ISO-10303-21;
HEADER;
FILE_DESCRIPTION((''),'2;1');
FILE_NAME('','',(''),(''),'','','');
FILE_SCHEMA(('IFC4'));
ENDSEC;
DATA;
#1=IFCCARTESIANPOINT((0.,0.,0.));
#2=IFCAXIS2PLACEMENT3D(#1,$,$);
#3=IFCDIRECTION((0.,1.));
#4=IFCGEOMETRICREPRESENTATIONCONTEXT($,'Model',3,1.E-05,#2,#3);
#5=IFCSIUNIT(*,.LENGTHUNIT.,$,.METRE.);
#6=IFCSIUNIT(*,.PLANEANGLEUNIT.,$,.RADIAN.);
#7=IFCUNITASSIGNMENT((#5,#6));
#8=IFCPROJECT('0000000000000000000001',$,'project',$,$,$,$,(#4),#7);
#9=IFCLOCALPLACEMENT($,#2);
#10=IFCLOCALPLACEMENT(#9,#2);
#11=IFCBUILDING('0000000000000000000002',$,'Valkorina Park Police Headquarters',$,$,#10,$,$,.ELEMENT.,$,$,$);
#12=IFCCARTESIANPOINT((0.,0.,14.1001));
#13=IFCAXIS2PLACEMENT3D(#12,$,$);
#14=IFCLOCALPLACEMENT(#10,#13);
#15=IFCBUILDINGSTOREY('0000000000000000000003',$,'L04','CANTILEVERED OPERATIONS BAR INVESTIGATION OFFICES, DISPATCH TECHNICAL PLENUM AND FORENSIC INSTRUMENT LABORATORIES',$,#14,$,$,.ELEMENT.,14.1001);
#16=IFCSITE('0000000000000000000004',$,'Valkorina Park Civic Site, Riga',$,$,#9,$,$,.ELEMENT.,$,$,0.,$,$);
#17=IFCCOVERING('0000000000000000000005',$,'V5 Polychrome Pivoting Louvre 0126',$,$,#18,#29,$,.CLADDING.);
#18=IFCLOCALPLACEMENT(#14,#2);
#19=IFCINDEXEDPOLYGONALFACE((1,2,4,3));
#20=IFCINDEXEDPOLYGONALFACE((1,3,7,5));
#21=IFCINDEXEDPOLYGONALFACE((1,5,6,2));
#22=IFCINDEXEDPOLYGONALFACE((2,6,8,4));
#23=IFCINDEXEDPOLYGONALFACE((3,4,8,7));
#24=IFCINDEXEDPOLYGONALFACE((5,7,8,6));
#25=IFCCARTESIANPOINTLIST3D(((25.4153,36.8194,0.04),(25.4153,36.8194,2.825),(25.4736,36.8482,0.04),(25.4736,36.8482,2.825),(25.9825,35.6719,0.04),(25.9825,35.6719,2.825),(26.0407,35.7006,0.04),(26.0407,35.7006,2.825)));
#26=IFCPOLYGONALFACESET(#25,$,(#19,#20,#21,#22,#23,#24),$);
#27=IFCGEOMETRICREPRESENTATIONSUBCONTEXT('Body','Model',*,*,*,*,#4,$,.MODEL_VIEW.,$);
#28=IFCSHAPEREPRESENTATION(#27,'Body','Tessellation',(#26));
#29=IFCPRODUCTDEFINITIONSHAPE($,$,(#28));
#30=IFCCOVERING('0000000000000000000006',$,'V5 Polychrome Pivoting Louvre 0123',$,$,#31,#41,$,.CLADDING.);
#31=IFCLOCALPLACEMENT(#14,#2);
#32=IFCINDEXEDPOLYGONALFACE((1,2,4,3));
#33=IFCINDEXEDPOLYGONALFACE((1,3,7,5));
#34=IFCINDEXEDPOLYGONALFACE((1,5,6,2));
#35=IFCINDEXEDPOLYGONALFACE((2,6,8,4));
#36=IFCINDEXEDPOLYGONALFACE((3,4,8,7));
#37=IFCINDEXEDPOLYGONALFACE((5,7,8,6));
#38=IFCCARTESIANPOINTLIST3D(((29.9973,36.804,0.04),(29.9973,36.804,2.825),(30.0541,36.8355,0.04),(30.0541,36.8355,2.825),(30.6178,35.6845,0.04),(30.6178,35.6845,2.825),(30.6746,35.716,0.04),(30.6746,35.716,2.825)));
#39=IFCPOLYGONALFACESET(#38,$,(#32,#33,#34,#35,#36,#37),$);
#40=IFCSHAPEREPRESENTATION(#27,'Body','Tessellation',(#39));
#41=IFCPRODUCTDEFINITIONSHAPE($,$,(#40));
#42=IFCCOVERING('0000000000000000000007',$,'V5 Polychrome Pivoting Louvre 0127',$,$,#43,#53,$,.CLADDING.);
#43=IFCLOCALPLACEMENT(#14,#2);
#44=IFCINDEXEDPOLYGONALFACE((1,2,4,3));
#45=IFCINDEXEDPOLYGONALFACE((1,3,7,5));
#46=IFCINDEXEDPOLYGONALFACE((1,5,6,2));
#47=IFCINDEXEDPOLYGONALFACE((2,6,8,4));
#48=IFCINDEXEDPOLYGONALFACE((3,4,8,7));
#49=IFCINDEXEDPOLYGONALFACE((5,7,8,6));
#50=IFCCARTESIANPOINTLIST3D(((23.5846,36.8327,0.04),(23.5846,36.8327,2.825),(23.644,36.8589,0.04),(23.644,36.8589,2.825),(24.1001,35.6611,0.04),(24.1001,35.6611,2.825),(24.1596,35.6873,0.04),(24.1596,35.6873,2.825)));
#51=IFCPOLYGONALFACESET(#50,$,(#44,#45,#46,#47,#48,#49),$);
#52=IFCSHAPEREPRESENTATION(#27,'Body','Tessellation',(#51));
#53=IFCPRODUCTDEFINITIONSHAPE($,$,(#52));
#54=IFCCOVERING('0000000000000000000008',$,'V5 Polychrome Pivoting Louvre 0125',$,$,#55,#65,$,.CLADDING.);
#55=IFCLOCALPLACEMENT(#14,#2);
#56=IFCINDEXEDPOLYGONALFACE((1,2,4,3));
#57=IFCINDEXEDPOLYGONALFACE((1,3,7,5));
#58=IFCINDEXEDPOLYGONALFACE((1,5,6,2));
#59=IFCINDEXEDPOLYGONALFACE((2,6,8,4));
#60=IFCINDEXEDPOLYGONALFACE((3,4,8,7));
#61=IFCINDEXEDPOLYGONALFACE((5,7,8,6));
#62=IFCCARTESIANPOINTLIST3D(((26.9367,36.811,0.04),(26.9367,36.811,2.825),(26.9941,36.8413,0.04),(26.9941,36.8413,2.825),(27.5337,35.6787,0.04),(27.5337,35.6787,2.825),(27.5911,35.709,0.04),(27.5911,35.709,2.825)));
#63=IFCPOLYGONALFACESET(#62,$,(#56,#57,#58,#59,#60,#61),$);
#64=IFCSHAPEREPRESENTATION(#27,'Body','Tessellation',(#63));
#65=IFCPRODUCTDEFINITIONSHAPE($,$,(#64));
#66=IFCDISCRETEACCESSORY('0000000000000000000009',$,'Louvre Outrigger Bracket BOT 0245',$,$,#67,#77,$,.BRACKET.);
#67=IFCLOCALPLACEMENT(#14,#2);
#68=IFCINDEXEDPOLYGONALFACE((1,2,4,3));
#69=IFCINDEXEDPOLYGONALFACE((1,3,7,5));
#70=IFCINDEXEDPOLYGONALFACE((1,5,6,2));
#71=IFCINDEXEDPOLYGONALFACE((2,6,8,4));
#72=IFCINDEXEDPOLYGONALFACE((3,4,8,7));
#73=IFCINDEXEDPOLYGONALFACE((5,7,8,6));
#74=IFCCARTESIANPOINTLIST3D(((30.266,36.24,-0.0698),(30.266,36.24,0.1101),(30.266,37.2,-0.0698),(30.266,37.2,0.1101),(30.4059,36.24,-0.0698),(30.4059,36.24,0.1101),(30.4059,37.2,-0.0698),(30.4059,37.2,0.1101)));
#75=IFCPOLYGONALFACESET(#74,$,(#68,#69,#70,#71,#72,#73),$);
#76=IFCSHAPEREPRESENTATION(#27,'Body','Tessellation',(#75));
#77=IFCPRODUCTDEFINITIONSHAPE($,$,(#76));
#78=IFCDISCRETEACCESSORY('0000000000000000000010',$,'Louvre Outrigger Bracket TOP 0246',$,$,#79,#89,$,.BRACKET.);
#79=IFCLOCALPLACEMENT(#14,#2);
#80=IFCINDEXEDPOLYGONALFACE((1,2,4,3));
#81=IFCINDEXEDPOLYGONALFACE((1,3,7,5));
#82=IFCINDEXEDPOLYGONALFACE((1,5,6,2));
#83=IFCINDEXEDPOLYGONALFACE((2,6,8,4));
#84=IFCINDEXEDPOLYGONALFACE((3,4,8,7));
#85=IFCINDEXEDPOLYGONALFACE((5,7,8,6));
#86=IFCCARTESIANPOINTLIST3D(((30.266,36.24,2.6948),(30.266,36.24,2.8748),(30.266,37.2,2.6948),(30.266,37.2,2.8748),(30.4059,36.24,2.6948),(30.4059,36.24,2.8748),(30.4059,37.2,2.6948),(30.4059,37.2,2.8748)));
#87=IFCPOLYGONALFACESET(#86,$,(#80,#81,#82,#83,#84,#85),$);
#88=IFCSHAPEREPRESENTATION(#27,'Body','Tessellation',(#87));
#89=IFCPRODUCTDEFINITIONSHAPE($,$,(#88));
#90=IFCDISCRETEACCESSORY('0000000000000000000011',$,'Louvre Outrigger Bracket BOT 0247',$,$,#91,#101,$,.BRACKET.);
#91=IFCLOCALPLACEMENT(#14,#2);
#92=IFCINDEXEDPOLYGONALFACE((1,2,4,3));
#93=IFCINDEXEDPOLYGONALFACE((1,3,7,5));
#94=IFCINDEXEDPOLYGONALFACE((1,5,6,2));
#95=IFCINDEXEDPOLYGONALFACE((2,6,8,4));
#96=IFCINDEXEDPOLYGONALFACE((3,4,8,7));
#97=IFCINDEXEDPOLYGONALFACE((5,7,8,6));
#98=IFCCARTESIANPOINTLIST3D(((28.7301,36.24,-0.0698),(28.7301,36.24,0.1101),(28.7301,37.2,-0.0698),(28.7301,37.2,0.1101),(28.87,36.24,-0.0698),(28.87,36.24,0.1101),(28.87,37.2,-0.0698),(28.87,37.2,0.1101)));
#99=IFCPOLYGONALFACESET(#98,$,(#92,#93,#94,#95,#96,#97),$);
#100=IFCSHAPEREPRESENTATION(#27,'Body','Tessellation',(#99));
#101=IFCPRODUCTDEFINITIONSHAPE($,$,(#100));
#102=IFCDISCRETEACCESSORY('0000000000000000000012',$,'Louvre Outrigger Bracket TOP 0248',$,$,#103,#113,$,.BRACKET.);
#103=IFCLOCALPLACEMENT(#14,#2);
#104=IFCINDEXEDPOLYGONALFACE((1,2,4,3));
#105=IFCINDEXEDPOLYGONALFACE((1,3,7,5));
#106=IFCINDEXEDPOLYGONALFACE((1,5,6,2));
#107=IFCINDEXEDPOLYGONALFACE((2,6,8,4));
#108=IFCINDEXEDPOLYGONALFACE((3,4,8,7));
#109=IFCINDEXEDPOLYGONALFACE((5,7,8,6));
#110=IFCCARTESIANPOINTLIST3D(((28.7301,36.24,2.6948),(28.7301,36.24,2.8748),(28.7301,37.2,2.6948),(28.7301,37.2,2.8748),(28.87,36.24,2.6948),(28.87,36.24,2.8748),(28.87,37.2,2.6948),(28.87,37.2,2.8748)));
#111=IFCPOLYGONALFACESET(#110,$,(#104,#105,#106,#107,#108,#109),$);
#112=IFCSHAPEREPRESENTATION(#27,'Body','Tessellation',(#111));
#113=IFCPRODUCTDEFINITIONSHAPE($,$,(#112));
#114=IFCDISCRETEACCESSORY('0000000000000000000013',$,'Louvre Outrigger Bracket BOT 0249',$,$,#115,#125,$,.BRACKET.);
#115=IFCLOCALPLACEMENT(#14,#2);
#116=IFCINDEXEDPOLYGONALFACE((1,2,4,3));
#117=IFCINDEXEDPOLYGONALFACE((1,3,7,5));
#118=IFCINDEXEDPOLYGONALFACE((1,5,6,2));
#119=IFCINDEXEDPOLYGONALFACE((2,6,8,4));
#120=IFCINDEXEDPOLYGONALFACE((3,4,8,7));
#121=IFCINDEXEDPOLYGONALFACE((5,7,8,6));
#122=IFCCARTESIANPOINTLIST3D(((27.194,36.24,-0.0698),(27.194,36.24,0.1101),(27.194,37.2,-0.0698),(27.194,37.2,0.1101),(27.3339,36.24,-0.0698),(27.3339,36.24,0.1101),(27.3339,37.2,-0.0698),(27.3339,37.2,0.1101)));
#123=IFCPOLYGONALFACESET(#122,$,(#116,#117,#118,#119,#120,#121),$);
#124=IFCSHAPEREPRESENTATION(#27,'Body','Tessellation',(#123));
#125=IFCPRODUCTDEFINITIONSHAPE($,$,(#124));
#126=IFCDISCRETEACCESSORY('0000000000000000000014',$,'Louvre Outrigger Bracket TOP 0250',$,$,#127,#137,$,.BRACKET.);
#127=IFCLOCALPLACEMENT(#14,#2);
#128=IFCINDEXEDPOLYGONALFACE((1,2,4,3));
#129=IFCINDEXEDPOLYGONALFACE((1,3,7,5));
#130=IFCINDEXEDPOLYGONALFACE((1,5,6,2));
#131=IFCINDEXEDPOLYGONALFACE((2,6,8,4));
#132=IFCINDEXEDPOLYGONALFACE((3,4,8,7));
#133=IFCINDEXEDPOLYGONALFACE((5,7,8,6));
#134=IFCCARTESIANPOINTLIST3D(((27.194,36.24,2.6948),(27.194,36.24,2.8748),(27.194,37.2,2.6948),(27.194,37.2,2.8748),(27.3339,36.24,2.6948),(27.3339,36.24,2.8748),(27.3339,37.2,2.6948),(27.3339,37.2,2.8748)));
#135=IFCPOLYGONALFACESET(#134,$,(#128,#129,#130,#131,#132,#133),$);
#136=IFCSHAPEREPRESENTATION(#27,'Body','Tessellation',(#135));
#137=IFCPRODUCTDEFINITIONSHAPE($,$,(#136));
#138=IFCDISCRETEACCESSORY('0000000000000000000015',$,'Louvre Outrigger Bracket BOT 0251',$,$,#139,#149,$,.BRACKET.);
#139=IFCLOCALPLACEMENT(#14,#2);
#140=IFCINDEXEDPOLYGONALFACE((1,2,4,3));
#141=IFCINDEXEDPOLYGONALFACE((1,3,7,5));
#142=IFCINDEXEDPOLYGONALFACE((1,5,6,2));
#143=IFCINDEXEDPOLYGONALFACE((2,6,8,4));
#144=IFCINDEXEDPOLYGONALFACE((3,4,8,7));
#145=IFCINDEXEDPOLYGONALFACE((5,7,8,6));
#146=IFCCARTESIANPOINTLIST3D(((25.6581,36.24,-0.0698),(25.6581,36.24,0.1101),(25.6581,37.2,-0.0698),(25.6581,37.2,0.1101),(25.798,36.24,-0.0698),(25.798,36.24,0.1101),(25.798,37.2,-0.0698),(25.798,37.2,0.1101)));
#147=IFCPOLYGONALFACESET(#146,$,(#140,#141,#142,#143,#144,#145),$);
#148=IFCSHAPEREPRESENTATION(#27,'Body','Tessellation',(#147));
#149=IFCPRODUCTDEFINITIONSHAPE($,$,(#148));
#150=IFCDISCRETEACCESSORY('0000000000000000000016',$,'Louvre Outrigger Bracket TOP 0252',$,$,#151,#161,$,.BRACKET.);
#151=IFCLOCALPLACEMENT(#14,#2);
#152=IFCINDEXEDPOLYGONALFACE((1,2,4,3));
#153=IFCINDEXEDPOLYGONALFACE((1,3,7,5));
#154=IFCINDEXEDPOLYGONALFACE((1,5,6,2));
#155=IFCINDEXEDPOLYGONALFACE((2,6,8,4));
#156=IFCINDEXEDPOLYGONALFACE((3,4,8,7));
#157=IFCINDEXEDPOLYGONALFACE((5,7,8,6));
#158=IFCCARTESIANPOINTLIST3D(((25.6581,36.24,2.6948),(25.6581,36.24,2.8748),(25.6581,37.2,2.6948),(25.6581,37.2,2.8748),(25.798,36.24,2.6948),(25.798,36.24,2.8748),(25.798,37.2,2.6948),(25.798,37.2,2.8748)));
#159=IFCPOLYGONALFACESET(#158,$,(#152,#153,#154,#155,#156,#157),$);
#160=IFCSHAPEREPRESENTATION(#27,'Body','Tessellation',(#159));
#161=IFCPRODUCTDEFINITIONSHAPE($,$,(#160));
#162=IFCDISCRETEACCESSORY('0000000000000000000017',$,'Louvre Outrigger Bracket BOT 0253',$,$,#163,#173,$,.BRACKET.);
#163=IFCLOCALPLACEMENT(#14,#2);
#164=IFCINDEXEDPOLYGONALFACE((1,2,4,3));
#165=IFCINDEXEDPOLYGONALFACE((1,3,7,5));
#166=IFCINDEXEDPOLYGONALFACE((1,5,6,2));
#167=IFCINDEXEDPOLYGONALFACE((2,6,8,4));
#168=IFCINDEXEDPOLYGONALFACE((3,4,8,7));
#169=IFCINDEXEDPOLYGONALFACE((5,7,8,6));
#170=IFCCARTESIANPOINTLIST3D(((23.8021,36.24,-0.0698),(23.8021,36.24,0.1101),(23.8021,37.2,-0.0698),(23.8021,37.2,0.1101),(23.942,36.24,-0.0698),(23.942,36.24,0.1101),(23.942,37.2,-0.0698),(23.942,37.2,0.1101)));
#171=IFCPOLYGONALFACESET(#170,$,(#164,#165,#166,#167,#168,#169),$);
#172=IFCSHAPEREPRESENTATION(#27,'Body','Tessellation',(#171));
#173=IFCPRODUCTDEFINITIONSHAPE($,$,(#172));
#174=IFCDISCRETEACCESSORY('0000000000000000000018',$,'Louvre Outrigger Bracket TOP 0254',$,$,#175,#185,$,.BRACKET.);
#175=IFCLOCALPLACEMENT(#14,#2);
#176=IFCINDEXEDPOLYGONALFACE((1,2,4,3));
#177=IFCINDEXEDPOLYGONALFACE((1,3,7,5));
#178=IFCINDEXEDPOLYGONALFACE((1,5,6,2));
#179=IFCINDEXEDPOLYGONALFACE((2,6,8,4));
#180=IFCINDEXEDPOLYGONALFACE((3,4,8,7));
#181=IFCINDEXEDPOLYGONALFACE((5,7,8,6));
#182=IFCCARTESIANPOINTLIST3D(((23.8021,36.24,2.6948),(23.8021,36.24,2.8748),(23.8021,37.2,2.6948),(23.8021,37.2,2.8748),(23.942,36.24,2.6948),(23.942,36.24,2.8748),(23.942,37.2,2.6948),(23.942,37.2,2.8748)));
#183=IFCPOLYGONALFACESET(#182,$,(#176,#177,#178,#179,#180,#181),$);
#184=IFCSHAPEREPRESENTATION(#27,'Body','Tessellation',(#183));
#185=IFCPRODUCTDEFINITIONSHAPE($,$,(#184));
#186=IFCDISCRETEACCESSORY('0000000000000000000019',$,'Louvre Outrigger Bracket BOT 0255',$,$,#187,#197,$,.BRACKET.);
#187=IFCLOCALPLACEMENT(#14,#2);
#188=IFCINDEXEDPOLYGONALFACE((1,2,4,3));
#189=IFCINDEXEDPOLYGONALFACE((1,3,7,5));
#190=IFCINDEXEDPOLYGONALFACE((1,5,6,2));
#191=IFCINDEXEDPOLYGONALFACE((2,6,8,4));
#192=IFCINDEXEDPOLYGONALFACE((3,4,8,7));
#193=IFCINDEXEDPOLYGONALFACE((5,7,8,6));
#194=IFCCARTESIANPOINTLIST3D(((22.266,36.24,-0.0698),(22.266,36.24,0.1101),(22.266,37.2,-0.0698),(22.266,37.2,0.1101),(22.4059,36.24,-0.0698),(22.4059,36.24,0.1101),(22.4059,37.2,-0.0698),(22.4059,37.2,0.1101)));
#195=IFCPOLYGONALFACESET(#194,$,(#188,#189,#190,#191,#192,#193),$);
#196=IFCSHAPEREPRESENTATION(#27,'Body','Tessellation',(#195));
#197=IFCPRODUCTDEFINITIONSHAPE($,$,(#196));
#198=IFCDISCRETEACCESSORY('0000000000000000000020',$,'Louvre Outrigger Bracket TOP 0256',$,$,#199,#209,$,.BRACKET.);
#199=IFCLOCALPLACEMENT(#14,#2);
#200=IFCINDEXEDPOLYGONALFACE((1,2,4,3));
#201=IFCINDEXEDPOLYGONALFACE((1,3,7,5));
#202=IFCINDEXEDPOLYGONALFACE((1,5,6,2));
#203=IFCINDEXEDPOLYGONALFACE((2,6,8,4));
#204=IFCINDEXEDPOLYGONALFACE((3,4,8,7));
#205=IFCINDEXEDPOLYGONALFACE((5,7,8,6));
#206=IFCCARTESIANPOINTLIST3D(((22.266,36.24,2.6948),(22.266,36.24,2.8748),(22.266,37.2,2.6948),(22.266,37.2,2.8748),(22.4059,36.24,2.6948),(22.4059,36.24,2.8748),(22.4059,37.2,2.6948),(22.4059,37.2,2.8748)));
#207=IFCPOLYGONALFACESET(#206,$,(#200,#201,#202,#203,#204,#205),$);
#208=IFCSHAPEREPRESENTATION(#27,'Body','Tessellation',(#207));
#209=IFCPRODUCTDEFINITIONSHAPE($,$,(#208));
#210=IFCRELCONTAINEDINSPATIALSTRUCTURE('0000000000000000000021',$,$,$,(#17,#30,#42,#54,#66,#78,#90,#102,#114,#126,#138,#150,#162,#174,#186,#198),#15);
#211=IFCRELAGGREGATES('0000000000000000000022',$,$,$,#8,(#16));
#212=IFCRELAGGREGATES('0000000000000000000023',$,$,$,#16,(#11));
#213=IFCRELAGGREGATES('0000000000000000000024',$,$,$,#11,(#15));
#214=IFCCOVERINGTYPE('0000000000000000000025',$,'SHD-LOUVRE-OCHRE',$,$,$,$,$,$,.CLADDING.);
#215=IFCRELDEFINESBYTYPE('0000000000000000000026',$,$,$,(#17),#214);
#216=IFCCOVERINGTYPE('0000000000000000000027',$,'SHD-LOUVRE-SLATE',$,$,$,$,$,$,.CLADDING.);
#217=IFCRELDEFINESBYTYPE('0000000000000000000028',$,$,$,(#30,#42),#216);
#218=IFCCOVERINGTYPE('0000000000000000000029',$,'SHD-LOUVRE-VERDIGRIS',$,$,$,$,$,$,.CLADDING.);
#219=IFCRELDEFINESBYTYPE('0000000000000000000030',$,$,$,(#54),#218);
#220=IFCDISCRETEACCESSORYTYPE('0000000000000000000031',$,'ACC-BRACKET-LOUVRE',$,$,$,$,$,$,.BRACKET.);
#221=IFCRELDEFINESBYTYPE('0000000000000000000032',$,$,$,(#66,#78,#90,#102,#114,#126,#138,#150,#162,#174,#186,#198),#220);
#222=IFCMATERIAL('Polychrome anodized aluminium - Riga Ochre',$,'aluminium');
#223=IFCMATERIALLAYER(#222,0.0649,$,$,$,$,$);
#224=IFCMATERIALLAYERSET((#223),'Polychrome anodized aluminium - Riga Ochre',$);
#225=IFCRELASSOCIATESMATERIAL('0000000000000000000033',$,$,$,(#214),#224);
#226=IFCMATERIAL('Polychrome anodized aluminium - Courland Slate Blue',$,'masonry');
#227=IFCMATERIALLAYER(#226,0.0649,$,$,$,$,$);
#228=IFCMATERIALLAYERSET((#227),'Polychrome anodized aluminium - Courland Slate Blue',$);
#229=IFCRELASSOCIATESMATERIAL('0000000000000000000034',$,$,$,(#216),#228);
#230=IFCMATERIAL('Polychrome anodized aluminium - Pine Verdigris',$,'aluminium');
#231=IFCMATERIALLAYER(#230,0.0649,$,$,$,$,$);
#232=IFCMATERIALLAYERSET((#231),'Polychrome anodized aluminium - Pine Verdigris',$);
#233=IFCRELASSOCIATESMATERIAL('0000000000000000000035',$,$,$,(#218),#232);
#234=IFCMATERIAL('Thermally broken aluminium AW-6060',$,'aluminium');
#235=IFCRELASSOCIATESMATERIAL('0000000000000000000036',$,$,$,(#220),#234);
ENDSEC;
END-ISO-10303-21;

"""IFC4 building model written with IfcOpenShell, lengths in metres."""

from ifc_helpers import new_model, si_unit, direction, frame, origin, origin_2d, place, context, subcontext, project, spatial, rectangle, extrude, material, layer, layer_set, type_object, element, save


model = new_model("IFC4")

# Units and contexts
model_context = context("Model", 3, precision=1e-05, world=origin(), true_north=direction((0.0, 1.0)))
body_context = subcontext(model_context, "Body", "Model", "MODEL_VIEW")
ifc_project = project(units=[si_unit("LENGTHUNIT", "METRE"), si_unit("PLANEANGLEUNIT", "RADIAN")], contexts=[model_context])

# Site, building, storey
site_placement = place(None, origin())
site = spatial("IfcSite", under=ifc_project, at=site_placement, Name="Valkorina Park Civic Site, Riga", CompositionType="ELEMENT", RefElevation=0.0)
building_placement = place(site_placement, origin())
building = spatial("IfcBuilding", under=site, at=building_placement, Name="Valkorina Park Police Headquarters", CompositionType="ELEMENT")
storey_placement = place(building_placement, frame((0.0, 0.0, 14.1001)))
storey = spatial("IfcBuildingStorey", under=building, at=storey_placement, Name="L04", Description="CANTILEVERED OPERATIONS BAR INVESTIGATION OFFICES, DISPATCH TECHNICAL PLENUM AND FORENSIC INSTRUMENT LABORATORIES", CompositionType="ELEMENT", Elevation=14.1001)

# Shared definitions
ifc_material_1 = material(Name="Thermally broken aluminium AW-6060", Category="aluminium")

# Coverings
ifc_material_2 = material(Name="Polychrome anodized aluminium - Riga Ochre", Category="aluminium")
ifc_layer_1 = layer(ifc_material_2, 0.0649)
ifc_layer_set_1 = layer_set([ifc_layer_1], Name="Polychrome anodized aluminium - Riga Ochre")
covering_type_1 = type_object("IfcCoveringType", Name="SHD-LOUVRE-OCHRE", PredefinedType="CLADDING", material=ifc_layer_set_1)
covering_1_placement = place(storey_placement, frame((25.728, 36.26, 0.04), z_axis=(0.0, 0.0, 1.0), x_axis=(0.443071, -0.896486, 0.0)))
element("IfcCovering", 1, at=covering_1_placement, inside=storey, type_object=covering_type_1, Name="V5 Polychrome Pivoting Louvre 0126", PredefinedType="CLADDING", context=body_context, shape_type="SweptSolid", body=[
    extrude(rectangle(XDim=1.28, YDim=0.0649, at=origin_2d()), origin(), (0.0, 0.0, 1.0), 2.7849),
])
ifc_material_3 = material(Name="Polychrome anodized aluminium - Courland Slate Blue", Category="masonry")
ifc_layer_2 = layer(ifc_material_3, 0.0649)
ifc_layer_set_2 = layer_set([ifc_layer_2], Name="Polychrome anodized aluminium - Courland Slate Blue")
covering_type_2 = type_object("IfcCoveringType", Name="SHD-LOUVRE-SLATE", PredefinedType="CLADDING", material=ifc_layer_set_2)
for number, where, z_axis, x_axis, name in (
    (2, (30.3359, 36.26, 0.04), (0.0, 0.0, 1.0), (0.48481, -0.87462, 0.0), "V5 Polychrome Pivoting Louvre 0123"),
    (3, (23.8721, 36.26, 0.04), (0.0, 0.0, 1.0), (0.402747, -0.915311, 0.0), "V5 Polychrome Pivoting Louvre 0127"),
):
    element("IfcCovering", number, at=place(storey_placement, frame(where, z_axis=z_axis, x_axis=x_axis)), inside=storey, type_object=covering_type_2, Name=name, PredefinedType="CLADDING", context=body_context, shape_type="SweptSolid", body=[
        extrude(rectangle(XDim=1.28, YDim=0.0649, at=origin_2d()), origin(), (0.0, 0.0, 1.0), 2.7849),
    ])
ifc_material_4 = material(Name="Polychrome anodized aluminium - Pine Verdigris", Category="aluminium")
ifc_layer_3 = layer(ifc_material_4, 0.0649)
ifc_layer_set_3 = layer_set([ifc_layer_3], Name="Polychrome anodized aluminium - Pine Verdigris")
covering_type_3 = type_object("IfcCoveringType", Name="SHD-LOUVRE-VERDIGRIS", PredefinedType="CLADDING", material=ifc_layer_set_3)
covering_2_placement = place(storey_placement, frame((27.2639, 36.26, 0.04), z_axis=(0.0, 0.0, 1.0), x_axis=(0.466387, -0.884581, 0.0)))
element("IfcCovering", 4, at=covering_2_placement, inside=storey, type_object=covering_type_3, Name="V5 Polychrome Pivoting Louvre 0125", PredefinedType="CLADDING", context=body_context, shape_type="SweptSolid", body=[
    extrude(rectangle(XDim=1.28, YDim=0.0649, at=origin_2d()), origin(), (0.0, 0.0, 1.0), 2.7849),
])

# Discrete accessories
discrete_accessory_type = type_object("IfcDiscreteAccessoryType", Name="ACC-BRACKET-LOUVRE", PredefinedType="BRACKET", material=ifc_material_1)
for number, where, z_axis, x_axis, name in (
    (5, (30.3359, 36.72, -0.0698), (0.0, 0.0, 1.0), (0.0, -1.0, 0.0), "Louvre Outrigger Bracket BOT 0245"),
    (6, (30.3359, 36.72, 2.6948), (0.0, 0.0, 1.0), (0.0, -1.0, 0.0), "Louvre Outrigger Bracket TOP 0246"),
    (7, (28.8, 36.72, -0.0698), (0.0, 0.0, 1.0), (0.0, -1.0, 0.0), "Louvre Outrigger Bracket BOT 0247"),
    (8, (28.8, 36.72, 2.6948), (0.0, 0.0, 1.0), (0.0, -1.0, 0.0), "Louvre Outrigger Bracket TOP 0248"),
    (9, (27.2639, 36.72, -0.0698), (0.0, 0.0, 1.0), (0.0, -1.0, 0.0), "Louvre Outrigger Bracket BOT 0249"),
    (10, (27.2639, 36.72, 2.6948), (0.0, 0.0, 1.0), (0.0, -1.0, 0.0), "Louvre Outrigger Bracket TOP 0250"),
    (11, (25.728, 36.72, -0.0698), (0.0, 0.0, 1.0), (0.0, -1.0, 0.0), "Louvre Outrigger Bracket BOT 0251"),
    (12, (25.728, 36.72, 2.6948), (0.0, 0.0, 1.0), (0.0, -1.0, 0.0), "Louvre Outrigger Bracket TOP 0252"),
    (13, (23.8721, 36.72, -0.0698), (0.0, 0.0, 1.0), (0.0, -1.0, 0.0), "Louvre Outrigger Bracket BOT 0253"),
    (14, (23.8721, 36.72, 2.6948), (0.0, 0.0, 1.0), (0.0, -1.0, 0.0), "Louvre Outrigger Bracket TOP 0254"),
    (15, (22.3359, 36.72, -0.0698), (0.0, 0.0, 1.0), (0.0, -1.0, 0.0), "Louvre Outrigger Bracket BOT 0255"),
    (16, (22.3359, 36.72, 2.6948), (0.0, 0.0, 1.0), (0.0, -1.0, 0.0), "Louvre Outrigger Bracket TOP 0256"),
):
    element("IfcDiscreteAccessory", number, at=place(storey_placement, frame(where, z_axis=z_axis, x_axis=x_axis)), inside=storey, type_object=discrete_accessory_type, Name=name, PredefinedType="BRACKET", context=body_context, shape_type="SweptSolid", body=[
        extrude(rectangle(XDim=0.96, YDim=0.1399, at=origin_2d()), origin(), (0.0, 0.0, 1.0), 0.1799),
    ])

save(model, "model.ifc")
